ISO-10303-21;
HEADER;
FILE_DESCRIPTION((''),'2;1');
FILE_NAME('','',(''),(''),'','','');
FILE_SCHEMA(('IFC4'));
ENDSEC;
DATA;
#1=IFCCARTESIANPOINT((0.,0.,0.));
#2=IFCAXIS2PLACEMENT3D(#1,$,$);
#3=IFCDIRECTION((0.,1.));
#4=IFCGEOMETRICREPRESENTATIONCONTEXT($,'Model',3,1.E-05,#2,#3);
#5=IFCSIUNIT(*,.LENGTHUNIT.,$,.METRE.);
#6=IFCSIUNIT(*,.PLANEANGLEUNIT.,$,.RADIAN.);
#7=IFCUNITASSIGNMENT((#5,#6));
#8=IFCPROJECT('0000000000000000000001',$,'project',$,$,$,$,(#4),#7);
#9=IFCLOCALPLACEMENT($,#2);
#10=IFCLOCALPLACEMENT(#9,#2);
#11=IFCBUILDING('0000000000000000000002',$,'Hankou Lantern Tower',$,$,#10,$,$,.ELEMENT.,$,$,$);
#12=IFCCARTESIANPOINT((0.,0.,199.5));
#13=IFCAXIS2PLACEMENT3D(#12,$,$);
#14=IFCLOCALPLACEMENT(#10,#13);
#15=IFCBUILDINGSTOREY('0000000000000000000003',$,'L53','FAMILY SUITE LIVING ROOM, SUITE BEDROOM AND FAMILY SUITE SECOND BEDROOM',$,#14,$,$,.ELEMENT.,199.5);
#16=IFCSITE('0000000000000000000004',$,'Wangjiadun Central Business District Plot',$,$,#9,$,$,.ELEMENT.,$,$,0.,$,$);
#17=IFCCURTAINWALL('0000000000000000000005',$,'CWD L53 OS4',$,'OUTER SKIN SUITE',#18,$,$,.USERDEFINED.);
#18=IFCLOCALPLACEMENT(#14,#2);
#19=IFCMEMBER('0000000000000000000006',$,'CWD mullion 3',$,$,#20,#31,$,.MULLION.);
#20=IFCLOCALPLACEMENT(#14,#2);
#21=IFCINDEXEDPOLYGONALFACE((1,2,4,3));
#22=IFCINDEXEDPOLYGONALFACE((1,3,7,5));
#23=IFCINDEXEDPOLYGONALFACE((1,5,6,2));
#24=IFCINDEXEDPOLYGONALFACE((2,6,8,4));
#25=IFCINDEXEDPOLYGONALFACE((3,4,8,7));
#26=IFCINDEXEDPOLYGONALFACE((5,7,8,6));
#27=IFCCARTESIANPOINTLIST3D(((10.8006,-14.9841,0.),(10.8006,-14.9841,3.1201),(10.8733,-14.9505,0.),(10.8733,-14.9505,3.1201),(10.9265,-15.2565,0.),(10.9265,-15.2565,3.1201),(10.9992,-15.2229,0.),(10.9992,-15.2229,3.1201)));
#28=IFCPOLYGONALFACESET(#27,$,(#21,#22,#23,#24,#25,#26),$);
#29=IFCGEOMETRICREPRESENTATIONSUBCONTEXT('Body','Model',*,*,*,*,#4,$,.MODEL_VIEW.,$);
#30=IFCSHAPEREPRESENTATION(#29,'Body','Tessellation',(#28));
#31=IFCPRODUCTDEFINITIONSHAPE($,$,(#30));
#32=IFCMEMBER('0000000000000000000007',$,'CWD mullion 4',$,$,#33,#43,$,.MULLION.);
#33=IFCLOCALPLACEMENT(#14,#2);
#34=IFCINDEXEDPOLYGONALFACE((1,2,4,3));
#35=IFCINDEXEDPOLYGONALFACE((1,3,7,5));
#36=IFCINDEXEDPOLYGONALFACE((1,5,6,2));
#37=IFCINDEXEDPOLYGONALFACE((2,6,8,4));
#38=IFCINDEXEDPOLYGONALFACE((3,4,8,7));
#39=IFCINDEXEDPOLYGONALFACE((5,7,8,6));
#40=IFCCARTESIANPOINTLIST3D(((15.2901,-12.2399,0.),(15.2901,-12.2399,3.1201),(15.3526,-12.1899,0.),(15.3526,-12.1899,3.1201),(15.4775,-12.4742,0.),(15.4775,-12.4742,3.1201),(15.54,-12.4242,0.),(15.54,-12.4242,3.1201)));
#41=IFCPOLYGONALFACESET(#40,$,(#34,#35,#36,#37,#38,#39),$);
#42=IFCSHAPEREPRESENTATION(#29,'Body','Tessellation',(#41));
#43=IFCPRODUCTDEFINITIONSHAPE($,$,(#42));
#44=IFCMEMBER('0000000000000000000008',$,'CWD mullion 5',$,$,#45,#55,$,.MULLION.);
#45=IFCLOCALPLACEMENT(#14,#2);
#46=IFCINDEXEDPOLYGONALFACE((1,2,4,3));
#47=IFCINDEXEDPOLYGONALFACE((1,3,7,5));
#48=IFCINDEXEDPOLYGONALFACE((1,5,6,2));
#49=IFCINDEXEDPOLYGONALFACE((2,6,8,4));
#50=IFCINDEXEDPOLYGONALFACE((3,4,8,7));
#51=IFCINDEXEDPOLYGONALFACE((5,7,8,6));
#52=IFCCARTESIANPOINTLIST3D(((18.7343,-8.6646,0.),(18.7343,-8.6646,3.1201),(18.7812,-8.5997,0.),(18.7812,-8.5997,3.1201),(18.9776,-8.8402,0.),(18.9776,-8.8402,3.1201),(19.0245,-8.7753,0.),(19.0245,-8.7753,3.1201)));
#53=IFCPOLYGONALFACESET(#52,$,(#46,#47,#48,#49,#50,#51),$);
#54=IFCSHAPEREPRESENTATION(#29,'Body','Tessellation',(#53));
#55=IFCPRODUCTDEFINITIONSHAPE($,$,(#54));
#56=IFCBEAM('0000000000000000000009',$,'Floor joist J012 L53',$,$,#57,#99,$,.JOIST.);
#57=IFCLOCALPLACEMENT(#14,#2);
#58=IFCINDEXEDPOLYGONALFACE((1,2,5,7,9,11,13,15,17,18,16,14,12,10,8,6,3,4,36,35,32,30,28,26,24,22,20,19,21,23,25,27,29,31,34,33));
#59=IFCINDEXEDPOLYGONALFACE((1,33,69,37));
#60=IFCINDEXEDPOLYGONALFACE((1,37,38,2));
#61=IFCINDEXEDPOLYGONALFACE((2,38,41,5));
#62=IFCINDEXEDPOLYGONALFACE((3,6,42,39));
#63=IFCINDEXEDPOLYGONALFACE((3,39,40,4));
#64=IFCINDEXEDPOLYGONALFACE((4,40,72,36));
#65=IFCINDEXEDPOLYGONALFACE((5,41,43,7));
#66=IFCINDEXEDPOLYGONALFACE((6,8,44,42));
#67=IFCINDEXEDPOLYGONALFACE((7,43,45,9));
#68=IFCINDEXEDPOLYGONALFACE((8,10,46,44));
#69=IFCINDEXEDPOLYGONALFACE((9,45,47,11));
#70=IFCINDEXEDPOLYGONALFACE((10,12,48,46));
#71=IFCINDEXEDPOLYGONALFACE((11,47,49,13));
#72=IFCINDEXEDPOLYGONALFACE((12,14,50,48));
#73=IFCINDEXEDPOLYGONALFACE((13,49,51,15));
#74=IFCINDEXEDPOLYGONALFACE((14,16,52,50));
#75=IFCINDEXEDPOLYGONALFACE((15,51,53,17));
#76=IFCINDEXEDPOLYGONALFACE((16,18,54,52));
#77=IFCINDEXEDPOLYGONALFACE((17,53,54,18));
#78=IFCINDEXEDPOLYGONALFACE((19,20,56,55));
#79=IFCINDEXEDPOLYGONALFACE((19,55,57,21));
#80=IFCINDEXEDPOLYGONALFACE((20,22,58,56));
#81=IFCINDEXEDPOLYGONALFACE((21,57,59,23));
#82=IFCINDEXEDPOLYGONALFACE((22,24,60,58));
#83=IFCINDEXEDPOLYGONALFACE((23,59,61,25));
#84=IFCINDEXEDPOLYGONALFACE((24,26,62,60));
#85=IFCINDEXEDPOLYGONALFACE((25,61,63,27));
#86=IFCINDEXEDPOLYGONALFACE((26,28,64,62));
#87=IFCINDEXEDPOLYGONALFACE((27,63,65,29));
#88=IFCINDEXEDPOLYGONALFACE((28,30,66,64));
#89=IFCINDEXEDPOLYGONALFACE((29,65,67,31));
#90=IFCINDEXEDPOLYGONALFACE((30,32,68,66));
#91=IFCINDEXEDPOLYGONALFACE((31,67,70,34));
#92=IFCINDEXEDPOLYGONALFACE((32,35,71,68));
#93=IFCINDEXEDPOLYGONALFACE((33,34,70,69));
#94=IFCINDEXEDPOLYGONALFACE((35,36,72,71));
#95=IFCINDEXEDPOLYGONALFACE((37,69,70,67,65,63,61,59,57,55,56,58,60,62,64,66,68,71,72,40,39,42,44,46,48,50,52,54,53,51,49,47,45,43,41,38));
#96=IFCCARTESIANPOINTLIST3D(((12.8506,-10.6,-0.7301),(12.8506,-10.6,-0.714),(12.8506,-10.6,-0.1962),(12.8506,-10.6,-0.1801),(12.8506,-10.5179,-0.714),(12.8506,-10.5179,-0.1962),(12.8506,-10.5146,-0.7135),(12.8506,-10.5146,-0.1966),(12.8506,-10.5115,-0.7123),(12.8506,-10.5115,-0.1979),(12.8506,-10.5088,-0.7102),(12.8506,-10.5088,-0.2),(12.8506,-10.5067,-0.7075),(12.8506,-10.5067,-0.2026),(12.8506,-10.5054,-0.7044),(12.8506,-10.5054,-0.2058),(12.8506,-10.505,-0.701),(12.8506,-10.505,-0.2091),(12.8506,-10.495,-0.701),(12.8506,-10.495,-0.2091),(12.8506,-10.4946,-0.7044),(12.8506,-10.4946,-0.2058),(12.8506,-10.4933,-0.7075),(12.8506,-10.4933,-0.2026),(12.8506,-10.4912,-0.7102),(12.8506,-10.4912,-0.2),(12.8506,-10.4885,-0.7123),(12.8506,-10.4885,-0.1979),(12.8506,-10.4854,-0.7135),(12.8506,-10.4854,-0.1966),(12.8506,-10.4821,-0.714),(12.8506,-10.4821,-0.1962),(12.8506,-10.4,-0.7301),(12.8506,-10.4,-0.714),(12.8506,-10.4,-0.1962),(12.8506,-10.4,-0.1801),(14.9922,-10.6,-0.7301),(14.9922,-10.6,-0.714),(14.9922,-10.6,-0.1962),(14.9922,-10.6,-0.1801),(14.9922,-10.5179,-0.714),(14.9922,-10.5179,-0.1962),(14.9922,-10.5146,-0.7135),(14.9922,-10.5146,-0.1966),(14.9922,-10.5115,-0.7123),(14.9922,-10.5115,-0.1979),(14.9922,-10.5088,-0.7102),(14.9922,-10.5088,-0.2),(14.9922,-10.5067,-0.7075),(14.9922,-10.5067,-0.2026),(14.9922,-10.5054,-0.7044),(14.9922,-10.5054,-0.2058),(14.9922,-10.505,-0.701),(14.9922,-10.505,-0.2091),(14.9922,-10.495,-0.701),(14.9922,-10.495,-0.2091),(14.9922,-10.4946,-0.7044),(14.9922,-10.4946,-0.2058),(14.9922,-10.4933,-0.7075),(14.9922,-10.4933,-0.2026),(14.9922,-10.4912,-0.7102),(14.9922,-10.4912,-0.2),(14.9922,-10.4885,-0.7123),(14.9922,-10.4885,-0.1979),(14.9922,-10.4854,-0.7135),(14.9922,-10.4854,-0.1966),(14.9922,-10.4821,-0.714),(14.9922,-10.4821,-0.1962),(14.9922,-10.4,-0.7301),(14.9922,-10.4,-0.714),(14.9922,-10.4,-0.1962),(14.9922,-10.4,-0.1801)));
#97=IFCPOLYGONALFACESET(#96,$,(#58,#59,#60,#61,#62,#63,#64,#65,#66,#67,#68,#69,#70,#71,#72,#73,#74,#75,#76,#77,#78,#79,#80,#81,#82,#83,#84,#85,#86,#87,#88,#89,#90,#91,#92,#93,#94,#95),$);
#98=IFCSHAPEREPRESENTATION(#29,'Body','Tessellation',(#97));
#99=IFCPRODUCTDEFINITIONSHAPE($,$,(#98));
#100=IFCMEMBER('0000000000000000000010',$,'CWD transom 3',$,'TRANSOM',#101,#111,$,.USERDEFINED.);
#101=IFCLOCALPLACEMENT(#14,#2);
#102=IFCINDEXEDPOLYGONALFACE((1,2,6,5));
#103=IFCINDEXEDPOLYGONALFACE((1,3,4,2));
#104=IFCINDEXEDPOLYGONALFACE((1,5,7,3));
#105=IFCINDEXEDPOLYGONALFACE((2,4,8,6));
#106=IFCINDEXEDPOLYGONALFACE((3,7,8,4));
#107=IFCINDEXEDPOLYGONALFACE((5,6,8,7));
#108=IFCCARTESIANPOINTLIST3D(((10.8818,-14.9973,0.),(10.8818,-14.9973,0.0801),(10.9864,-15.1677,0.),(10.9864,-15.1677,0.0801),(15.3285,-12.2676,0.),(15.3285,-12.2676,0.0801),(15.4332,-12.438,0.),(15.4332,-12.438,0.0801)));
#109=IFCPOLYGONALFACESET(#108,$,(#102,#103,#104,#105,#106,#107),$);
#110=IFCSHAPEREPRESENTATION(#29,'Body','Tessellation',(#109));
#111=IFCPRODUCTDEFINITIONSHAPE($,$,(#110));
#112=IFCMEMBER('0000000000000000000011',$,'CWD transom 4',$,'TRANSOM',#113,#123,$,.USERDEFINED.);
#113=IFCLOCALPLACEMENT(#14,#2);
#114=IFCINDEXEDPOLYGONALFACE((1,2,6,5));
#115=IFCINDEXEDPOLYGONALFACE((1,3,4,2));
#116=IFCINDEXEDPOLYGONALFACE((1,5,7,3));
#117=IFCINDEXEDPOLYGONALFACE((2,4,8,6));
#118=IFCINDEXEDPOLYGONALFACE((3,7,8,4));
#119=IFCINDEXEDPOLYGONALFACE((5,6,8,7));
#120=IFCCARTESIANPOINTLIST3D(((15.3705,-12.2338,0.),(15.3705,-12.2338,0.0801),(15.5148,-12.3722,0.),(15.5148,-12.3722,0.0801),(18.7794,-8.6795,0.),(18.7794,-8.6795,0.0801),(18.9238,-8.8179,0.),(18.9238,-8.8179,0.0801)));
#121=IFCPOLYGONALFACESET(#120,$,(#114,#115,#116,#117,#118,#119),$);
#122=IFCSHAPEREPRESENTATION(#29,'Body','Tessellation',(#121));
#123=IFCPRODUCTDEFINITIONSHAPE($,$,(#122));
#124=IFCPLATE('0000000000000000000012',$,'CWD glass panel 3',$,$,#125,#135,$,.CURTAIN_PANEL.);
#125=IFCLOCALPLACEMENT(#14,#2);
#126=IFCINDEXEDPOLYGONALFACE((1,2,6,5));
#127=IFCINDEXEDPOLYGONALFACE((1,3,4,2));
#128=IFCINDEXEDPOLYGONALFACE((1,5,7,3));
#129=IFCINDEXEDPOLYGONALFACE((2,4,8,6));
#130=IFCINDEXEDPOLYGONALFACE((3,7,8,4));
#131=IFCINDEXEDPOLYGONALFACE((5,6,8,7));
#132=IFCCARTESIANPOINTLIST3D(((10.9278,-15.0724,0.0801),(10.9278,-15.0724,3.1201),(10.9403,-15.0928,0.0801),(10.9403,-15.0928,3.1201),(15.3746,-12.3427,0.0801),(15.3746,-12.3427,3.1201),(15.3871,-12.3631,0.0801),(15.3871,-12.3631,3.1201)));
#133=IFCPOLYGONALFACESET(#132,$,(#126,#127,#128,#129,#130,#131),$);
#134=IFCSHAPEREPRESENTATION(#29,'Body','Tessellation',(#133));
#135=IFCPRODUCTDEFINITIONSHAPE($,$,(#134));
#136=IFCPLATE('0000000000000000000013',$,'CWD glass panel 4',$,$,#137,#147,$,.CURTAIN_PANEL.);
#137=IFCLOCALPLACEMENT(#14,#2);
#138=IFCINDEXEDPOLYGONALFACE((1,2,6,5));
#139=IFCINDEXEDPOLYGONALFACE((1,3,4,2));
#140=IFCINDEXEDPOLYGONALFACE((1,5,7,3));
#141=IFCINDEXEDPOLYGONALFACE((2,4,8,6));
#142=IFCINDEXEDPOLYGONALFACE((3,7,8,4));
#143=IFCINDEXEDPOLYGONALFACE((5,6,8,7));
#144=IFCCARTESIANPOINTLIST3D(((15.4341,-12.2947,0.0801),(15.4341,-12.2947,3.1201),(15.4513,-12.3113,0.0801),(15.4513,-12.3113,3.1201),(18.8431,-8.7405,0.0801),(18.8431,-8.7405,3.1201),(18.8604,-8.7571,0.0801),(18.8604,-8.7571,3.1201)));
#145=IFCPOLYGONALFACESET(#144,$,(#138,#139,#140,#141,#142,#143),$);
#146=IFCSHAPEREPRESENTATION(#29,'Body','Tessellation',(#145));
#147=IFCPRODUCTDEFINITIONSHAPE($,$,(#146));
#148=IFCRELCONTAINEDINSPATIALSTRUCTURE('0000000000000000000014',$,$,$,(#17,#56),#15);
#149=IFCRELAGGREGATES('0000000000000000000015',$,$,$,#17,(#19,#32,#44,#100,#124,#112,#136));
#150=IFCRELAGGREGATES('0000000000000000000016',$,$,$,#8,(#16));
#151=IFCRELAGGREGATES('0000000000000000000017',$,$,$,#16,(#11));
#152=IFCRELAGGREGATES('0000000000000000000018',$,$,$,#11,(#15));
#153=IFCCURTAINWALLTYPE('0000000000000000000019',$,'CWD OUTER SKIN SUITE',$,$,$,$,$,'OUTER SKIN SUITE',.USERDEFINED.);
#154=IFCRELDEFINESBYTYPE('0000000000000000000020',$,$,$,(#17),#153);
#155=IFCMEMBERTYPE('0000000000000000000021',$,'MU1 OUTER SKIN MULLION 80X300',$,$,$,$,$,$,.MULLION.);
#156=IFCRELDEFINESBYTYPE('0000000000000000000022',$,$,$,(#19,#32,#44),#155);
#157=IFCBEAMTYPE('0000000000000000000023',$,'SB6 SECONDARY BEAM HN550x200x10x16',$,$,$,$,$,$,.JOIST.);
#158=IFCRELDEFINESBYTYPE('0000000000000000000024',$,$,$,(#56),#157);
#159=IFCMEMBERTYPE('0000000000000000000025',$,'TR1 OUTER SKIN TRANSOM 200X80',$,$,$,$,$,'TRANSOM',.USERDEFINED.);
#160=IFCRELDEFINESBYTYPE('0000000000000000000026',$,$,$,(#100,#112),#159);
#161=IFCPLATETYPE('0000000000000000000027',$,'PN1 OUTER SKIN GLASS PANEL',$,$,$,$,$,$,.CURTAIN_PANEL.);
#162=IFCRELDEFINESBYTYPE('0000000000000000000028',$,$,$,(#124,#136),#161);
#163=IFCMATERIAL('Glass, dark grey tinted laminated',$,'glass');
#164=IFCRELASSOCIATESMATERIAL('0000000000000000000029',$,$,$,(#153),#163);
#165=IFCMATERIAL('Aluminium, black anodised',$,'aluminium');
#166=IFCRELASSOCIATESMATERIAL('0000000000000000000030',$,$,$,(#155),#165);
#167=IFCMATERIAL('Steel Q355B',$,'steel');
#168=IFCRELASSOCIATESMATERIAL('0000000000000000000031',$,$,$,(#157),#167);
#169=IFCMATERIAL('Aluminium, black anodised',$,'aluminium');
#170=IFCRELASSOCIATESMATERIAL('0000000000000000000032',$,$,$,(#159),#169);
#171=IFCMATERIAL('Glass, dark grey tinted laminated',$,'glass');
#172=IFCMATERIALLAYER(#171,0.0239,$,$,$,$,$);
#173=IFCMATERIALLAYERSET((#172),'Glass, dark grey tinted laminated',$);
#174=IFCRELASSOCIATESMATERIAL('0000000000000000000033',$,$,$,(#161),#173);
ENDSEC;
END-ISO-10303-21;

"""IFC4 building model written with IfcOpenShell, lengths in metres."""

from ifc_helpers import new_model, si_unit, direction, frame, origin, origin_2d, place, context, subcontext, project, spatial, rectangle, i_section, extrude, material, layer, layer_set, material_profile, profile_set, type_object, element, aggregate, save


model = new_model("IFC4")

# Units and contexts
model_context = context("Model", 3, precision=1e-05, world=origin(), true_north=direction((0.0, 1.0)))
body_context = subcontext(model_context, "Body", "Model", "MODEL_VIEW")
ifc_project = project(units=[si_unit("LENGTHUNIT", "METRE"), si_unit("PLANEANGLEUNIT", "RADIAN")], contexts=[model_context])

# Site, building, storey
site_placement = place(None, origin())
site = spatial("IfcSite", under=ifc_project, at=site_placement, Name="Wangjiadun Central Business District Plot", CompositionType="ELEMENT", RefElevation=0.0)
building_placement = place(site_placement, origin())
building = spatial("IfcBuilding", under=site, at=building_placement, Name="Hankou Lantern Tower", CompositionType="ELEMENT")
storey_placement = place(building_placement, frame((0.0, 0.0, 199.5)))
storey = spatial("IfcBuildingStorey", under=building, at=storey_placement, Name="L53", Description="FAMILY SUITE LIVING ROOM, SUITE BEDROOM AND FAMILY SUITE SECOND BEDROOM", CompositionType="ELEMENT", Elevation=199.5)

# Curtain wall, members
ifc_material_1 = material(Name="Glass, dark grey tinted laminated", Category="glass")
curtain_wall_type = type_object("IfcCurtainWallType", Name="CWD OUTER SKIN SUITE", ElementType="OUTER SKIN SUITE", PredefinedType="USERDEFINED", material=ifc_material_1)
curtain_wall_placement = place(storey_placement, origin())
curtain_wall = element("IfcCurtainWall", 1, at=curtain_wall_placement, inside=storey, type_object=curtain_wall_type, Name="CWD L53 OS4", ObjectType="OUTER SKIN SUITE", PredefinedType="USERDEFINED")
ifc_material_2 = material(Name="Aluminium, black anodised", Category="aluminium")
ifc_material_profile_1 = material_profile(ifc_material_2, rectangle(XDim=0.0801, YDim=0.3, at=origin_2d()), Name="MU1 80X300")
ifc_profile_set_1 = profile_set([ifc_material_profile_1], Name="Aluminium, black anodised")
member_type_1 = type_object("IfcMemberType", Name="MU1 OUTER SKIN MULLION 80X300", PredefinedType="MULLION", material=ifc_profile_set_1)
member_1_placement = place(storey_placement, frame((10.8999, -15.1035, 0.0), z_axis=(0.0, 0.0, 1.0), x_axis=(0.907841, 0.419314, 0.0)))
member_1 = element("IfcMember", 2, at=member_1_placement, type_object=member_type_1, Name="CWD mullion 3", PredefinedType="MULLION", context=body_context, shape_type="SweptSolid", body=[
    extrude(rectangle(XDim=0.0801, YDim=0.3, at=origin_2d()), origin(), (0.0, 0.0, 1.0), 3.1201),
])
member_2_placement = place(storey_placement, frame((15.415, -12.332, 0.0), z_axis=(0.0, 0.0, 1.0), x_axis=(0.780869, 0.624695, 0.0)))
member_2 = element("IfcMember", 3, at=member_2_placement, type_object=member_type_1, Name="CWD mullion 4", PredefinedType="MULLION", context=body_context, shape_type="SweptSolid", body=[
    extrude(rectangle(XDim=0.0801, YDim=0.3, at=origin_2d()), origin(), (0.0, 0.0, 1.0), 3.1201),
])
member_3_placement = place(storey_placement, frame((18.8794, -8.72, 0.0), z_axis=(0.0, 0.0, 1.0), x_axis=(0.585206, 0.810885, 0.0)))
member_3 = element("IfcMember", 4, at=member_3_placement, type_object=member_type_1, Name="CWD mullion 5", PredefinedType="MULLION", context=body_context, shape_type="SweptSolid", body=[
    extrude(rectangle(XDim=0.0801, YDim=0.3, at=origin_2d()), origin(), (0.0, 0.0, 1.0), 3.1201),
])

# Beam
ifc_material_3 = material(Name="Steel Q355B", Category="steel")
ifc_material_profile_2 = material_profile(ifc_material_3, i_section(OverallWidth=0.2, OverallDepth=0.55, WebThickness=0.01, FlangeThickness=0.0161, FilletRadius=0.0129, at=origin_2d()), Name="HN550x200x10x16")
ifc_profile_set_2 = profile_set([ifc_material_profile_2], Name="Steel Q355B")
beam_type_1 = type_object("IfcBeamType", Name="SB6 SECONDARY BEAM HN550x200x10x16", PredefinedType="JOIST", material=ifc_profile_set_2)
beam_1_placement = place(storey_placement, frame((12.8506, -10.5, -0.4551), z_axis=(1.0, 0.0, 0.0), x_axis=(0.0, 1.0, 0.0)))
element("IfcBeam", 5, at=beam_1_placement, inside=storey, type_object=beam_type_1, Name="Floor joist J012 L53", PredefinedType="JOIST", context=body_context, shape_type="SweptSolid", body=[
    extrude(i_section(OverallWidth=0.2, OverallDepth=0.55, WebThickness=0.01, FlangeThickness=0.0161, FilletRadius=0.0129, at=origin_2d()), origin(), (0.0, 0.0, 1.0), 2.1416),
])

# Members
ifc_material_4 = material(Name="Aluminium, black anodised", Category="aluminium")
ifc_material_profile_3 = material_profile(ifc_material_4, rectangle(XDim=0.2, YDim=0.0801, at=origin_2d()), Name="TR1 200X80")
ifc_profile_set_3 = profile_set([ifc_material_profile_3], Name="Aluminium, black anodised")
member_type_2 = type_object("IfcMemberType", Name="TR1 OUTER SKIN TRANSOM 200X80", ElementType="TRANSOM", PredefinedType="USERDEFINED", material=ifc_profile_set_3)
member_4_placement = place(storey_placement, frame((10.9341, -15.0825, 0.04), z_axis=(0.852235, 0.52316, 0.0), x_axis=(-0.52316, 0.852235, 0.0)))
member_4 = element("IfcMember", 6, at=member_4_placement, type_object=member_type_2, Name="CWD transom 3", ObjectType="TRANSOM", PredefinedType="USERDEFINED", context=body_context, shape_type="SweptSolid", body=[
    extrude(rectangle(XDim=0.2, YDim=0.0801, at=origin_2d()), origin(), (0.0, 0.0, 1.0), 5.2178),
])
member_5_placement = place(storey_placement, frame((15.4426, -12.303, 0.04), z_axis=(0.692205, 0.721701, 0.0), x_axis=(-0.721701, 0.692205, 0.0)))
member_5 = element("IfcMember", 7, at=member_5_placement, type_object=member_type_2, Name="CWD transom 4", ObjectType="TRANSOM", PredefinedType="USERDEFINED", context=body_context, shape_type="SweptSolid", body=[
    extrude(rectangle(XDim=0.2, YDim=0.0801, at=origin_2d()), origin(), (0.0, 0.0, 1.0), 4.9248),
])

# Plates
ifc_material_5 = material(Name="Glass, dark grey tinted laminated", Category="glass")
ifc_layer_1 = layer(ifc_material_5, 0.0239)
ifc_layer_set_1 = layer_set([ifc_layer_1], Name="Glass, dark grey tinted laminated")
plate_type = type_object("IfcPlateType", Name="PN1 OUTER SKIN GLASS PANEL", PredefinedType="CURTAIN_PANEL", material=ifc_layer_set_1)
plate_1_placement = place(storey_placement, frame((13.1575, -13.7178, 0.0801), z_axis=(0.0, 0.0, 1.0), x_axis=(0.852237, 0.523156, 0.0)))
plate_1 = element("IfcPlate", 8, at=plate_1_placement, type_object=plate_type, Name="CWD glass panel 3", PredefinedType="CURTAIN_PANEL", context=body_context, shape_type="SweptSolid", body=[
    extrude(rectangle(XDim=5.2178, YDim=0.0239, at=origin_2d()), origin(), (0.0, 0.0, 1.0), 3.04),
])
plate_2_placement = place(storey_placement, frame((17.1472, -10.5259, 0.0801), z_axis=(0.0, 0.0, 1.0), x_axis=(0.692216, 0.721691, 0.0)))
plate_2 = element("IfcPlate", 9, at=plate_2_placement, type_object=plate_type, Name="CWD glass panel 4", PredefinedType="CURTAIN_PANEL", context=body_context, shape_type="SweptSolid", body=[
    extrude(rectangle(XDim=4.9248, YDim=0.0239, at=origin_2d()), origin(), (0.0, 0.0, 1.0), 3.04),
])
aggregate(curtain_wall, [member_1, member_2, member_3, member_4, plate_1, member_5, plate_2])

save(model, "model.ifc")
